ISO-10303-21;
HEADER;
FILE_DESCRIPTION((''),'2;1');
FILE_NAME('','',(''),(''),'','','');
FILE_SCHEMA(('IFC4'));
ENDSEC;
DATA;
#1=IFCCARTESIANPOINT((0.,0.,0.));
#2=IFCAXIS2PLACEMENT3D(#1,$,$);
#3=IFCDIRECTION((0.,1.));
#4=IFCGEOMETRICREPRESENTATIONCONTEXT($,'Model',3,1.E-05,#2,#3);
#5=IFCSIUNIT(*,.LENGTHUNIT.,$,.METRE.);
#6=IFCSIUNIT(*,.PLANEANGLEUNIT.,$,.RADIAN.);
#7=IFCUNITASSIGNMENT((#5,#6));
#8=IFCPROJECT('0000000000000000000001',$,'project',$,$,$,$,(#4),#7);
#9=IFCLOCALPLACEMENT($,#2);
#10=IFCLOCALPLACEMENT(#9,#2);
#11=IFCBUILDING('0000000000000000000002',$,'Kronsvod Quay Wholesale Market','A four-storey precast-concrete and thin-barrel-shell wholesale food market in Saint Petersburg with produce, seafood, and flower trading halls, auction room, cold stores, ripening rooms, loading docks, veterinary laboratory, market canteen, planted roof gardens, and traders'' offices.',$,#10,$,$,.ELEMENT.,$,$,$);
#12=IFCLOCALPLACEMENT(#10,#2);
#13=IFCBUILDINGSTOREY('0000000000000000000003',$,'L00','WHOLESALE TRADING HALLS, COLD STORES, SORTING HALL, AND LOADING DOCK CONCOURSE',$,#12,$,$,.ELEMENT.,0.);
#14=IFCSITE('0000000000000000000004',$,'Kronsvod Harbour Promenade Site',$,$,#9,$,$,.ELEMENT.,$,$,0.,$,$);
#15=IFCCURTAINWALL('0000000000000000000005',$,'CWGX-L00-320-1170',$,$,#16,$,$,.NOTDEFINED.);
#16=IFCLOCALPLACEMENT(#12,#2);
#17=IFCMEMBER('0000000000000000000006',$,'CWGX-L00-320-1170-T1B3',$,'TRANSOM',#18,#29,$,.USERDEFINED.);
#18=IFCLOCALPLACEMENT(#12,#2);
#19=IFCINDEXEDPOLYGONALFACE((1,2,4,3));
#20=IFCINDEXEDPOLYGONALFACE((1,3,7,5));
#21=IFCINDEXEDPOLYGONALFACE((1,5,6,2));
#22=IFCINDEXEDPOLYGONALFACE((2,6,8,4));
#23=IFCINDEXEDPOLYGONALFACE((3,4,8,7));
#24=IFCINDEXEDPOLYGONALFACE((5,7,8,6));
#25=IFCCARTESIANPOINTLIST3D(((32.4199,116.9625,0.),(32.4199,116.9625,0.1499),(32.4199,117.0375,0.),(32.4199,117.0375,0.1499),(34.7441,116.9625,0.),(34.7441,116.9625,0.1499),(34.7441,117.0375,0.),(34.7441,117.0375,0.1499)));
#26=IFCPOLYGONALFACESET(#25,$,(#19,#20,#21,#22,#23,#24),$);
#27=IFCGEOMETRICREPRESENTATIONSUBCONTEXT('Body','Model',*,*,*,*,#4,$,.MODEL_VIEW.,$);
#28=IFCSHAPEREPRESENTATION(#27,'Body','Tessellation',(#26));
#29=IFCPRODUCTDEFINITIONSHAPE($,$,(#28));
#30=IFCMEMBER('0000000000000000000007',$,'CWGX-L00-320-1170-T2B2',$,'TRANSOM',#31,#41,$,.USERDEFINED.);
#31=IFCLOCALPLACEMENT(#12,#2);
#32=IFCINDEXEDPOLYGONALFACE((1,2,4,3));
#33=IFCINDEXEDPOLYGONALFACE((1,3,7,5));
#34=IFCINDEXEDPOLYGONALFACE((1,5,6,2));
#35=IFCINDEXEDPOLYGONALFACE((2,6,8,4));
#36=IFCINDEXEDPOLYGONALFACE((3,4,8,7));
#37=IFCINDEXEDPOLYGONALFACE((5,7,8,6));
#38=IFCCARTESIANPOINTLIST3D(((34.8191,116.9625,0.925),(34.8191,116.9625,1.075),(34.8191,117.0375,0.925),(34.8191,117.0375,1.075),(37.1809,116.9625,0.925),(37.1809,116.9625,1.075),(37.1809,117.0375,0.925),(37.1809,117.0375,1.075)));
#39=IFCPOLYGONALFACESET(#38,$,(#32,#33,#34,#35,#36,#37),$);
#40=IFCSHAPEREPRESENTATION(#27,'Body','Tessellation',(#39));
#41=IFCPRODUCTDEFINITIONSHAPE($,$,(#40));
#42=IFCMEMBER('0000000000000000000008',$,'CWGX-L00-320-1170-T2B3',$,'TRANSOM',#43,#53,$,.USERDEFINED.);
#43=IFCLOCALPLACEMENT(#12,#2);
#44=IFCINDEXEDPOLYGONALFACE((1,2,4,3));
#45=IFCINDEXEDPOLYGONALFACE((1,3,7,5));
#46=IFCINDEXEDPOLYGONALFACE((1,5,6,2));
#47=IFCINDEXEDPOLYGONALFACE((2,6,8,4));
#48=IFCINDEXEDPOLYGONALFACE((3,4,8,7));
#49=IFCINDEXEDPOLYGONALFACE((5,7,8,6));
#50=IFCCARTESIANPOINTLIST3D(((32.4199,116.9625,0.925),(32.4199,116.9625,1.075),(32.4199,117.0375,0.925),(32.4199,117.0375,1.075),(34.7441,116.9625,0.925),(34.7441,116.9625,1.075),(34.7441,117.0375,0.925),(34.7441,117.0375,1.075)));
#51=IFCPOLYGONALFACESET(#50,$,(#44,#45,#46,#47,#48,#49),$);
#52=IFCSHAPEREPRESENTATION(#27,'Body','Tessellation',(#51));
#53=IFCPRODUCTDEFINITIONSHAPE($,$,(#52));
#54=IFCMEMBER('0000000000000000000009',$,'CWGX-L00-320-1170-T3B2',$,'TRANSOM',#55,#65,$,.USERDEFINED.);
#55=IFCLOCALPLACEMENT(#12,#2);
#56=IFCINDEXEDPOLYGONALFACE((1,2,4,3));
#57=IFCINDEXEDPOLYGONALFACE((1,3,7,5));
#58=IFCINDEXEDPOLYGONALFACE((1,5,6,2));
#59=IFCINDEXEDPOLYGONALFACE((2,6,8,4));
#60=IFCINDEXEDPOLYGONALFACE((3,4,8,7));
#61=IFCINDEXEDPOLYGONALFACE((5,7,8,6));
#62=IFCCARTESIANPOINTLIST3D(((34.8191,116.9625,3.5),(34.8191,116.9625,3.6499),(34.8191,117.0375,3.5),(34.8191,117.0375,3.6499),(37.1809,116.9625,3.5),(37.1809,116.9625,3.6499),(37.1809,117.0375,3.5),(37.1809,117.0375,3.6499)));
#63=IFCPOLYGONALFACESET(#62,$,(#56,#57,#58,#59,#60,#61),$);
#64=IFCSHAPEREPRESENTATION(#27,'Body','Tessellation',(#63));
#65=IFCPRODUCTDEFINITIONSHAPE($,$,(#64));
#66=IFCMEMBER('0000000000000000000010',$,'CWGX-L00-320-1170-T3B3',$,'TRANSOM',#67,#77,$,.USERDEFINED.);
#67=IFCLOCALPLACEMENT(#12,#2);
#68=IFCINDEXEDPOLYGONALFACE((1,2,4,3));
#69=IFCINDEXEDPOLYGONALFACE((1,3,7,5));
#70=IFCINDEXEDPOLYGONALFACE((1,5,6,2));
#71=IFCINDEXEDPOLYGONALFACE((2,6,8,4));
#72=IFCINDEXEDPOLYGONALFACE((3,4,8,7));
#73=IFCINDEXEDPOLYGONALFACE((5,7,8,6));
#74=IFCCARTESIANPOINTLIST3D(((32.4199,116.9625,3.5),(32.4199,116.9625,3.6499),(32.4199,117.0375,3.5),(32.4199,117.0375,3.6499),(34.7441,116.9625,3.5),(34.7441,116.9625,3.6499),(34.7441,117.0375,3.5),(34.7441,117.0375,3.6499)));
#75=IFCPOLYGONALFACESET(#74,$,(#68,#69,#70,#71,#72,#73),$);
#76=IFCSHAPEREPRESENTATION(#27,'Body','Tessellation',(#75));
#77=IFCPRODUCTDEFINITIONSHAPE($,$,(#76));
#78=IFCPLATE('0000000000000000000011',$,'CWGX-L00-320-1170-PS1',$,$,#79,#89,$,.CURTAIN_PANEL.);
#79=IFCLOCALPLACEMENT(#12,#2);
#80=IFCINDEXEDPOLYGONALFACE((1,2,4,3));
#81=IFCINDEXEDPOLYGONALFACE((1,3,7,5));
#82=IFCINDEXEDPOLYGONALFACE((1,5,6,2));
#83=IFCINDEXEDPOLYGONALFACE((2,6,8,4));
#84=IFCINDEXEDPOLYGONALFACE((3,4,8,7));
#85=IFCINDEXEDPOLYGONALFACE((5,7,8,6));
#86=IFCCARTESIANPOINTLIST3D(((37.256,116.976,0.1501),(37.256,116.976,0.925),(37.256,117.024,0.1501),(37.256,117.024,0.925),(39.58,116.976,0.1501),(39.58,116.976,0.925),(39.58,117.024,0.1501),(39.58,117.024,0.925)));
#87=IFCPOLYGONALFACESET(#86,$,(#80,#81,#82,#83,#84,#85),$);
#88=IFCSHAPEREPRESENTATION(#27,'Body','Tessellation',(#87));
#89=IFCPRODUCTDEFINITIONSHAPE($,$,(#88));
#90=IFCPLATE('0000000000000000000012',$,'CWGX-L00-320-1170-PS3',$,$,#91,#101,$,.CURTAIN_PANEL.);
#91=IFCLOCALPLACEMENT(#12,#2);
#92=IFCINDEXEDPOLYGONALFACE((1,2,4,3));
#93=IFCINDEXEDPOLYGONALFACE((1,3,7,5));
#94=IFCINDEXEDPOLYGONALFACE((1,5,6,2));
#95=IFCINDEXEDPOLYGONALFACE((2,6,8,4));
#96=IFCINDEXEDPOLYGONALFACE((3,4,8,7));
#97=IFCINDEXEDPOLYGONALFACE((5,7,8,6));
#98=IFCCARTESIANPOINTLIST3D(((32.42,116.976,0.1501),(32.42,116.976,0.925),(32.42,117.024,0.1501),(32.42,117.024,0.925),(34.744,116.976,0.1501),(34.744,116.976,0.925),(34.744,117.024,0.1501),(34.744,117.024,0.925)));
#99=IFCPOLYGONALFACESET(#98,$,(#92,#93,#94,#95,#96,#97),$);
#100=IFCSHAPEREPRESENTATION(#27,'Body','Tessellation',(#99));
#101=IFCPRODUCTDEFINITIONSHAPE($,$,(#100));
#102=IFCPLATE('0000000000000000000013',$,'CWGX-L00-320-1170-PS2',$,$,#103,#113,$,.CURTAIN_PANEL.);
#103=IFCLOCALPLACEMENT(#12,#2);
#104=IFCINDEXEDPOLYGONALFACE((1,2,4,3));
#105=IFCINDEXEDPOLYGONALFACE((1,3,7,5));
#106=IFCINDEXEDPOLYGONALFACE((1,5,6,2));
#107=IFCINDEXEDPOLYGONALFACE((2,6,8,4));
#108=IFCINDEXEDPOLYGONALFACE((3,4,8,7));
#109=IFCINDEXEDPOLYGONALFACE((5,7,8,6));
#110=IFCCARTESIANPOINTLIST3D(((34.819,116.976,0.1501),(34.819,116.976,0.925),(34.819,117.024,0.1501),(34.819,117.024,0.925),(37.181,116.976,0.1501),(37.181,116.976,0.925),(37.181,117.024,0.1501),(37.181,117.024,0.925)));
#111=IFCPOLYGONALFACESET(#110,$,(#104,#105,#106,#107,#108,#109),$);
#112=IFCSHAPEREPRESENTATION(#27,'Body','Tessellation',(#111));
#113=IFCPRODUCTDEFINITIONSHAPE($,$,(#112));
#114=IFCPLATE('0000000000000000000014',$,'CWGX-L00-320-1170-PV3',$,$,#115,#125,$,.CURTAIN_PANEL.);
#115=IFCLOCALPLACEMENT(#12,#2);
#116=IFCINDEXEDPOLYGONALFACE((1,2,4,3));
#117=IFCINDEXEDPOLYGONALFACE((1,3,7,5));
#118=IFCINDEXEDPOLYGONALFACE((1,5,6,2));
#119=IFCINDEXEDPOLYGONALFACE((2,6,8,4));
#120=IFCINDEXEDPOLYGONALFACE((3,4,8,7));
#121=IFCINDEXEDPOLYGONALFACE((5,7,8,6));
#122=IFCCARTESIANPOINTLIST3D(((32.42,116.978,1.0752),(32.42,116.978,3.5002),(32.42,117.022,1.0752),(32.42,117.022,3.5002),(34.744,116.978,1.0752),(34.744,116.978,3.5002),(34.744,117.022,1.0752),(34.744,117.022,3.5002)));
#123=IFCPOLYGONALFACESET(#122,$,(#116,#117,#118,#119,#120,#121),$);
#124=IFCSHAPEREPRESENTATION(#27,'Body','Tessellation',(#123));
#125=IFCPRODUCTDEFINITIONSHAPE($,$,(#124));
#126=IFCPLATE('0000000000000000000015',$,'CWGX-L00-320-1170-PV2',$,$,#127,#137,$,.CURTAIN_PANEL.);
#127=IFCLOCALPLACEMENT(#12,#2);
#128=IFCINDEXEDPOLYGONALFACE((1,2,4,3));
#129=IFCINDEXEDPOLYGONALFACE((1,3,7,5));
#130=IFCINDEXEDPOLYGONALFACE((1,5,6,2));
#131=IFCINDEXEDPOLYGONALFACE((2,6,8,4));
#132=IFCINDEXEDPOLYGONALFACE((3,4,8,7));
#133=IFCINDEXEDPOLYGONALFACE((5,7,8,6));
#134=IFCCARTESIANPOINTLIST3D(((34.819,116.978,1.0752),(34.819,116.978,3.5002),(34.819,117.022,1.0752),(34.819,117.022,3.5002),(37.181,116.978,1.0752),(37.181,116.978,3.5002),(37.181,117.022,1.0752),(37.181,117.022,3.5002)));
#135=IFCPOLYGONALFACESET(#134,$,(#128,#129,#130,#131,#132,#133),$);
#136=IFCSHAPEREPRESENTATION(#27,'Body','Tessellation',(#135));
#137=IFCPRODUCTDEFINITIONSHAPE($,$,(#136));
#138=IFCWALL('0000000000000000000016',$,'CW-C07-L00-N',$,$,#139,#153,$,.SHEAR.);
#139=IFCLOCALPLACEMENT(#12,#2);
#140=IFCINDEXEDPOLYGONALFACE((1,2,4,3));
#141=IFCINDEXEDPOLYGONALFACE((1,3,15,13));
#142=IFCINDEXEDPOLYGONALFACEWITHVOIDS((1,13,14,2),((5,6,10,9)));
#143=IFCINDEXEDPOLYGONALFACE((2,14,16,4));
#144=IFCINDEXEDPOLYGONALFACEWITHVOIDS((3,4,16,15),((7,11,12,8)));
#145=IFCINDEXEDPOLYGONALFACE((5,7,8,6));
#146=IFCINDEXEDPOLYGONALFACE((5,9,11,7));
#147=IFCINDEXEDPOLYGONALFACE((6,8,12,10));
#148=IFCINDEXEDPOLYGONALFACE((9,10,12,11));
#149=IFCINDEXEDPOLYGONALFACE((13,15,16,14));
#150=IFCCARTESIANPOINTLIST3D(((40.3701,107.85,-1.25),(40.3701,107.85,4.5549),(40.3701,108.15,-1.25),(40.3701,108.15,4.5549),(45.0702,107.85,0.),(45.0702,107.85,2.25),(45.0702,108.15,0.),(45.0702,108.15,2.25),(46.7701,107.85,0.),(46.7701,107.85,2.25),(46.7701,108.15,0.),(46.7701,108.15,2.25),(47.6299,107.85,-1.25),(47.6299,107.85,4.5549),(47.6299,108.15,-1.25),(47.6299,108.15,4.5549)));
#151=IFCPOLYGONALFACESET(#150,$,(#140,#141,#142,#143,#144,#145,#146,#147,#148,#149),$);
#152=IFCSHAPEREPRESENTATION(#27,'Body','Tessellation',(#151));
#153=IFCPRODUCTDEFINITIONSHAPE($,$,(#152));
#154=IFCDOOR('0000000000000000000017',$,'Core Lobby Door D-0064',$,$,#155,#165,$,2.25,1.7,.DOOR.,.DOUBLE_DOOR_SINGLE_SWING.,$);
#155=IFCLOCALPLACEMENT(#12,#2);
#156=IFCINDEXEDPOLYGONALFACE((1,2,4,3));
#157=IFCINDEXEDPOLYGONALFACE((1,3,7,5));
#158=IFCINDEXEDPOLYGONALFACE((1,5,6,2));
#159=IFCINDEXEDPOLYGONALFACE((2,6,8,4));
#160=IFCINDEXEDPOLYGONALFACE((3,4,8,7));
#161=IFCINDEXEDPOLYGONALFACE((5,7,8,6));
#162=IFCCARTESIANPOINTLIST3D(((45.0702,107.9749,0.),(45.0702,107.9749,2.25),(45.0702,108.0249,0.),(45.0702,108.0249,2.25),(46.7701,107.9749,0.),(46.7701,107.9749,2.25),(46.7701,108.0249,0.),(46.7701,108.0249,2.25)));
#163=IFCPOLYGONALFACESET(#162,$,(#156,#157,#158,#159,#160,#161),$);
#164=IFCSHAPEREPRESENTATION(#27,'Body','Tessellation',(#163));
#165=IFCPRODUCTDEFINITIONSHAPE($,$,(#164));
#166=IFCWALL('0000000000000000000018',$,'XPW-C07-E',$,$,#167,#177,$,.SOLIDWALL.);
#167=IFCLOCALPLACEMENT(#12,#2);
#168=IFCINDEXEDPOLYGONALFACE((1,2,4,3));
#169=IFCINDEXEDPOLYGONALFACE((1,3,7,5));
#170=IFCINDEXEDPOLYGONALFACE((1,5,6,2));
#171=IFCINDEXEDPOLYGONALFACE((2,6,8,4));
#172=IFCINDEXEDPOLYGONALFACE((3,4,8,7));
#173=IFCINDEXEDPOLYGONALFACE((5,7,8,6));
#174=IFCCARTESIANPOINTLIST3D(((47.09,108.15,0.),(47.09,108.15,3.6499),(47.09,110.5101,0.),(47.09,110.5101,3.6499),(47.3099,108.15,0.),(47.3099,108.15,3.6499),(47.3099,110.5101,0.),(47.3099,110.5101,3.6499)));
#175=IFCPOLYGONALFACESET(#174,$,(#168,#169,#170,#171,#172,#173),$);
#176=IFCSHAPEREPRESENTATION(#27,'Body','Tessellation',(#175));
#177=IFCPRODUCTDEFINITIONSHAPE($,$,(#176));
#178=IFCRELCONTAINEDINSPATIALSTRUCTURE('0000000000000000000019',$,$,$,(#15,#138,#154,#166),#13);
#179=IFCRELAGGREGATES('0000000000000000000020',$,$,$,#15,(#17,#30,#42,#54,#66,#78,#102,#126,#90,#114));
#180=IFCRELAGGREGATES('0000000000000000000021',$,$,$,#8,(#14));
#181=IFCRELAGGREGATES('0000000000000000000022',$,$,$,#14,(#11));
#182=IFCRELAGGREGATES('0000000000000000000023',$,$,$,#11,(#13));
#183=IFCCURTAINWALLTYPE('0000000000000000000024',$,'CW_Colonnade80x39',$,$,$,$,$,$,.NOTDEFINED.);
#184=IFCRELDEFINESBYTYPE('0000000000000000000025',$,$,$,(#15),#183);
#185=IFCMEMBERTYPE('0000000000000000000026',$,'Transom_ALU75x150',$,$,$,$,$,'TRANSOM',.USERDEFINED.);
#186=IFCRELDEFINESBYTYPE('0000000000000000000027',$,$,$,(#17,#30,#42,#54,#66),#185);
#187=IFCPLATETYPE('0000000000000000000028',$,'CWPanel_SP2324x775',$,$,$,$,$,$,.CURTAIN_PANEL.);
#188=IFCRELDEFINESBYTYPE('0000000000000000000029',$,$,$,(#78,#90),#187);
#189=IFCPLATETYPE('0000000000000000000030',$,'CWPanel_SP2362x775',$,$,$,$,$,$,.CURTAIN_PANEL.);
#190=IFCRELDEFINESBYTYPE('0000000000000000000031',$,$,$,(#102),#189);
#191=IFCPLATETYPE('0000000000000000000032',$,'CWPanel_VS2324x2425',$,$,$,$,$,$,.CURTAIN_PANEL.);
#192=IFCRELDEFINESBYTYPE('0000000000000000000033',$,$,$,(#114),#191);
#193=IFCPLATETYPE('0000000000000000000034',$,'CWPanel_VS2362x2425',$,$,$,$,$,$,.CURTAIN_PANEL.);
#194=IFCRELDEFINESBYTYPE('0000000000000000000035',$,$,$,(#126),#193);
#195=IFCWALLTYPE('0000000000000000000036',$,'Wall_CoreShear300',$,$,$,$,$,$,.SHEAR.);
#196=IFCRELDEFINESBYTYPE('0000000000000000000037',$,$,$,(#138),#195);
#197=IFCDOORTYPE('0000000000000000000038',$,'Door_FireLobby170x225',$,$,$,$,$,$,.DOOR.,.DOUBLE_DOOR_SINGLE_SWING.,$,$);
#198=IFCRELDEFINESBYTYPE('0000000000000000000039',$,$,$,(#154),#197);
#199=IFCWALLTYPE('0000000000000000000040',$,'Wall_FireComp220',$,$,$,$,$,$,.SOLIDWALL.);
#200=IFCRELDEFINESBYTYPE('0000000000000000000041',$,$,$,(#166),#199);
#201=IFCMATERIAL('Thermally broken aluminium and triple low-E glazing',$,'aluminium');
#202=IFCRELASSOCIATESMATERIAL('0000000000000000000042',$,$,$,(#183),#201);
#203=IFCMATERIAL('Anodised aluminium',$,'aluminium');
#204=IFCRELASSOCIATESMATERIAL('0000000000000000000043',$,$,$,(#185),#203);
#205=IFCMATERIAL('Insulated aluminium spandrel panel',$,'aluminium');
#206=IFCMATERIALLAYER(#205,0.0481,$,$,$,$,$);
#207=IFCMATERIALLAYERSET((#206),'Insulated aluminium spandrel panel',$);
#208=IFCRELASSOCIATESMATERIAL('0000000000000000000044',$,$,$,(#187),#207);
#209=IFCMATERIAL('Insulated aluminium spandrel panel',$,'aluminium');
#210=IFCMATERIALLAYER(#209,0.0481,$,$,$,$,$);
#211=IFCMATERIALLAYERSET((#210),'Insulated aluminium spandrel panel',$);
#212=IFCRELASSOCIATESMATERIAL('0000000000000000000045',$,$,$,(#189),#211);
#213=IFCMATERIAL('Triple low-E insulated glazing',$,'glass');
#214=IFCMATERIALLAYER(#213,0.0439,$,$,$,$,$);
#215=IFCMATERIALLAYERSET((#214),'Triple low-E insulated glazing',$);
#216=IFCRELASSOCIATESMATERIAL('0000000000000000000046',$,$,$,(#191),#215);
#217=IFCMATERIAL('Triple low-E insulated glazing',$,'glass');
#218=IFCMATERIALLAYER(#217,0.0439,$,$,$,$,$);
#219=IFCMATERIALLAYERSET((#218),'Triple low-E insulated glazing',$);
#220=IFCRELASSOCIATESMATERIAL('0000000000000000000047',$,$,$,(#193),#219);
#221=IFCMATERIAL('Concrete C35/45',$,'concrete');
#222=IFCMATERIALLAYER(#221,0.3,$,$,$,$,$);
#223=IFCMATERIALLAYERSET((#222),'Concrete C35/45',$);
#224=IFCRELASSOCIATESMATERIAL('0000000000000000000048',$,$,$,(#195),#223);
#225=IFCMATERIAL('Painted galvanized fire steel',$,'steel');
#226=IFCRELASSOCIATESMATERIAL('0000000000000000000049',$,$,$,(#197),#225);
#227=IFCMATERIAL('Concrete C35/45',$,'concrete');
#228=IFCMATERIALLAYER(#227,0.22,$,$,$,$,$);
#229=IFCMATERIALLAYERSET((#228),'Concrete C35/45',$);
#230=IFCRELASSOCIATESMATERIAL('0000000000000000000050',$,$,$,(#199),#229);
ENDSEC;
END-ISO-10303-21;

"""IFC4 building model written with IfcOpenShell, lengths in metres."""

from ifc_helpers import new_model, si_unit, direction, frame, frame_2d, origin, origin_2d, place, context, subcontext, project, spatial, rectangle, extrude, material, layer, layer_set, material_profile, profile_set, type_object, element, fill, aggregate, save


model = new_model("IFC4")

# Units and contexts
model_context = context("Model", 3, precision=1e-05, world=origin(), true_north=direction((0.0, 1.0)))
body_context = subcontext(model_context, "Body", "Model", "MODEL_VIEW")
ifc_project = project(units=[si_unit("LENGTHUNIT", "METRE"), si_unit("PLANEANGLEUNIT", "RADIAN")], contexts=[model_context])

# Site, building, storey
site_placement = place(None, origin())
site = spatial("IfcSite", under=ifc_project, at=site_placement, Name="Kronsvod Harbour Promenade Site", CompositionType="ELEMENT", RefElevation=0.0)
building_placement = place(site_placement, origin())
building = spatial("IfcBuilding", under=site, at=building_placement, Name="Kronsvod Quay Wholesale Market", Description="A four-storey precast-concrete and thin-barrel-shell wholesale food market in Saint Petersburg with produce, seafood, and flower trading halls, auction room, cold stores, ripening rooms, loading docks, veterinary laboratory, market canteen, planted roof gardens, and traders' offices.", CompositionType="ELEMENT")
storey_placement = place(building_placement, origin())
storey = spatial("IfcBuildingStorey", under=building, at=storey_placement, Name="L00", Description="WHOLESALE TRADING HALLS, COLD STORES, SORTING HALL, AND LOADING DOCK CONCOURSE", CompositionType="ELEMENT", Elevation=0.0)

# Curtain wall, members, plates
ifc_material_1 = material(Name="Thermally broken aluminium and triple low-E glazing", Category="aluminium")
curtain_wall_type = type_object("IfcCurtainWallType", Name="CW_Colonnade80x39", PredefinedType="NOTDEFINED", material=ifc_material_1)
curtain_wall_placement = place(storey_placement, origin())
curtain_wall = element("IfcCurtainWall", 1, at=curtain_wall_placement, inside=storey, type_object=curtain_wall_type, Name="CWGX-L00-320-1170", PredefinedType="NOTDEFINED")
ifc_material_2 = material(Name="Anodised aluminium", Category="aluminium")
ifc_material_profile_1 = material_profile(ifc_material_2, rectangle(XDim=0.075, YDim=0.1499, at=origin_2d()), Name="ALUT75x150")
ifc_profile_set_1 = profile_set([ifc_material_profile_1], Name="Anodised aluminium")
member_type_1 = type_object("IfcMemberType", Name="Transom_ALU75x150", ElementType="TRANSOM", PredefinedType="USERDEFINED", material=ifc_profile_set_1)
member_1_placement = place(storey_placement, frame((34.7441, 117.0, 0.075), z_axis=(-1.0, 0.0, 0.0), x_axis=(0.0, -1.0, 0.0)))
member_1 = element("IfcMember", 2, at=member_1_placement, type_object=member_type_1, Name="CWGX-L00-320-1170-T1B3", ObjectType="TRANSOM", PredefinedType="USERDEFINED", context=body_context, shape_type="SweptSolid", body=[
    extrude(rectangle(XDim=0.075, YDim=0.1499, at=origin_2d()), origin(), (0.0, 0.0, 1.0), 2.3242),
])
member_2_placement = place(storey_placement, frame((37.1809, 117.0, 1.0), z_axis=(-1.0, 0.0, 0.0), x_axis=(0.0, -1.0, 0.0)))
member_2 = element("IfcMember", 3, at=member_2_placement, type_object=member_type_1, Name="CWGX-L00-320-1170-T2B2", ObjectType="TRANSOM", PredefinedType="USERDEFINED", context=body_context, shape_type="SweptSolid", body=[
    extrude(rectangle(XDim=0.075, YDim=0.1499, at=origin_2d()), origin(), (0.0, 0.0, 1.0), 2.3618),
])
member_3_placement = place(storey_placement, frame((34.7441, 117.0, 1.0), z_axis=(-1.0, 0.0, 0.0), x_axis=(0.0, -1.0, 0.0)))
member_3 = element("IfcMember", 4, at=member_3_placement, type_object=member_type_1, Name="CWGX-L00-320-1170-T2B3", ObjectType="TRANSOM", PredefinedType="USERDEFINED", context=body_context, shape_type="SweptSolid", body=[
    extrude(rectangle(XDim=0.075, YDim=0.1499, at=origin_2d()), origin(), (0.0, 0.0, 1.0), 2.3242),
])
member_4_placement = place(storey_placement, frame((37.1809, 117.0, 3.575), z_axis=(-1.0, 0.0, 0.0), x_axis=(0.0, -1.0, 0.0)))
member_4 = element("IfcMember", 5, at=member_4_placement, type_object=member_type_1, Name="CWGX-L00-320-1170-T3B2", ObjectType="TRANSOM", PredefinedType="USERDEFINED", context=body_context, shape_type="SweptSolid", body=[
    extrude(rectangle(XDim=0.075, YDim=0.1499, at=origin_2d()), origin(), (0.0, 0.0, 1.0), 2.3618),
])
member_5_placement = place(storey_placement, frame((34.7441, 117.0, 3.575), z_axis=(-1.0, 0.0, 0.0), x_axis=(0.0, -1.0, 0.0)))
member_5 = element("IfcMember", 6, at=member_5_placement, type_object=member_type_1, Name="CWGX-L00-320-1170-T3B3", ObjectType="TRANSOM", PredefinedType="USERDEFINED", context=body_context, shape_type="SweptSolid", body=[
    extrude(rectangle(XDim=0.075, YDim=0.1499, at=origin_2d()), origin(), (0.0, 0.0, 1.0), 2.3242),
])
ifc_material_3 = material(Name="Insulated aluminium spandrel panel", Category="aluminium")
ifc_layer_1 = layer(ifc_material_3, 0.0481)
ifc_layer_set_1 = layer_set([ifc_layer_1], Name="Insulated aluminium spandrel panel")
plate_type_1 = type_object("IfcPlateType", Name="CWPanel_SP2324x775", PredefinedType="CURTAIN_PANEL", material=ifc_layer_set_1)
plate_1_placement = place(storey_placement, frame((38.418, 117.0, 0.1501), z_axis=(0.0, 0.0, 1.0), x_axis=(-1.0, 0.0, 0.0)))
plate_1 = element("IfcPlate", 7, at=plate_1_placement, type_object=plate_type_1, Name="CWGX-L00-320-1170-PS1", PredefinedType="CURTAIN_PANEL", context=body_context, shape_type="SweptSolid", body=[
    extrude(rectangle(XDim=2.324, YDim=0.0481, at=origin_2d()), origin(), (0.0, 0.0, 1.0), 0.7749),
])
plate_2_placement = place(storey_placement, frame((33.582, 117.0, 0.1501), z_axis=(0.0, 0.0, 1.0), x_axis=(-1.0, 0.0, 0.0)))
plate_2 = element("IfcPlate", 8, at=plate_2_placement, type_object=plate_type_1, Name="CWGX-L00-320-1170-PS3", PredefinedType="CURTAIN_PANEL", context=body_context, shape_type="SweptSolid", body=[
    extrude(rectangle(XDim=2.324, YDim=0.0481, at=origin_2d()), origin(), (0.0, 0.0, 1.0), 0.7749),
])
ifc_material_4 = material(Name="Insulated aluminium spandrel panel", Category="aluminium")
ifc_layer_2 = layer(ifc_material_4, 0.0481)
ifc_layer_set_2 = layer_set([ifc_layer_2], Name="Insulated aluminium spandrel panel")
plate_type_2 = type_object("IfcPlateType", Name="CWPanel_SP2362x775", PredefinedType="CURTAIN_PANEL", material=ifc_layer_set_2)
plate_3_placement = place(storey_placement, frame((36.0, 117.0, 0.1501), z_axis=(0.0, 0.0, 1.0), x_axis=(-1.0, 0.0, 0.0)))
plate_3 = element("IfcPlate", 9, at=plate_3_placement, type_object=plate_type_2, Name="CWGX-L00-320-1170-PS2", PredefinedType="CURTAIN_PANEL", context=body_context, shape_type="SweptSolid", body=[
    extrude(rectangle(XDim=2.3621, YDim=0.0481, at=origin_2d()), origin(), (0.0, 0.0, 1.0), 0.7749),
])
ifc_material_5 = material(Name="Triple low-E insulated glazing", Category="glass")
ifc_layer_3 = layer(ifc_material_5, 0.0439)
ifc_layer_set_3 = layer_set([ifc_layer_3], Name="Triple low-E insulated glazing")
plate_type_3 = type_object("IfcPlateType", Name="CWPanel_VS2324x2425", PredefinedType="CURTAIN_PANEL", material=ifc_layer_set_3)
plate_4_placement = place(storey_placement, frame((33.582, 117.0, 1.0752), z_axis=(0.0, 0.0, 1.0), x_axis=(-1.0, 0.0, 0.0)))
plate_4 = element("IfcPlate", 10, at=plate_4_placement, type_object=plate_type_3, Name="CWGX-L00-320-1170-PV3", PredefinedType="CURTAIN_PANEL", context=body_context, shape_type="SweptSolid", body=[
    extrude(rectangle(XDim=2.324, YDim=0.0439, at=origin_2d()), origin(), (0.0, 0.0, 1.0), 2.425),
])
ifc_material_6 = material(Name="Triple low-E insulated glazing", Category="glass")
ifc_layer_4 = layer(ifc_material_6, 0.0439)
ifc_layer_set_4 = layer_set([ifc_layer_4], Name="Triple low-E insulated glazing")
plate_type_4 = type_object("IfcPlateType", Name="CWPanel_VS2362x2425", PredefinedType="CURTAIN_PANEL", material=ifc_layer_set_4)
plate_5_placement = place(storey_placement, frame((36.0, 117.0, 1.0752), z_axis=(0.0, 0.0, 1.0), x_axis=(-1.0, 0.0, 0.0)))
plate_5 = element("IfcPlate", 11, at=plate_5_placement, type_object=plate_type_4, Name="CWGX-L00-320-1170-PV2", PredefinedType="CURTAIN_PANEL", context=body_context, shape_type="SweptSolid", body=[
    extrude(rectangle(XDim=2.3621, YDim=0.0439, at=origin_2d()), origin(), (0.0, 0.0, 1.0), 2.425),
])
aggregate(curtain_wall, [member_1, member_2, member_3, member_4, member_5, plate_1, plate_3, plate_5, plate_2, plate_4])

# Wall, opening, door
ifc_material_7 = material(Name="Concrete C35/45", Category="concrete")
ifc_layer_5 = layer(ifc_material_7, 0.3)
ifc_layer_set_5 = layer_set([ifc_layer_5], Name="Concrete C35/45")
wall_type_1 = type_object("IfcWallType", Name="Wall_CoreShear300", PredefinedType="SHEAR", material=ifc_layer_set_5)
wall_1_placement = place(storey_placement, frame((40.3701, 108.0, -1.25), z_axis=(0.0, 0.0, 1.0), x_axis=(1.0, 0.0, 0.0)))
wall_1 = element("IfcWall", 12, at=wall_1_placement, inside=storey, type_object=wall_type_1, Name="CW-C07-L00-N", PredefinedType="SHEAR", context=body_context, shape_type="SweptSolid", body=[
    extrude(rectangle(XDim=7.2598, YDim=0.3, at=frame_2d((3.6299, 0.0))), origin(), (0.0, 0.0, 1.0), 5.8049),
])
opening_placement = place(wall_1_placement, frame((4.7, 0.0, 1.25)))
opening = element("IfcOpeningElement", 13, at=opening_placement, cuts=wall_1, PredefinedType="OPENING", context=body_context, shape_type="SweptSolid", body=[
    extrude(rectangle(XDim=1.7, YDim=2.25, at=frame_2d((0.8501, 1.125))), frame((0.0, 0.1602, 0.0), z_axis=(0.0, -1.0, 0.0), x_axis=(1.0, 0.0, 0.0)), (0.0, 0.0, 1.0), 0.3201),
])
ifc_material_8 = material(Name="Painted galvanized fire steel", Category="steel")
door_type = type_object("IfcDoorType", Name="Door_FireLobby170x225", OperationType="DOUBLE_DOOR_SINGLE_SWING", PredefinedType="DOOR", material=ifc_material_8)
door_placement = place(opening_placement, origin())
door = element("IfcDoor", 14, at=door_placement, inside=storey, type_object=door_type, Name="Core Lobby Door D-0064", OperationType="DOUBLE_DOOR_SINGLE_SWING", OverallHeight=2.25, OverallWidth=1.7, PredefinedType="DOOR", context=body_context, shape_type="SweptSolid", body=[
    extrude(rectangle(XDim=1.7, YDim=2.25, at=frame_2d((0.8501, 1.125))), frame((0.0, 0.0249, 0.0), z_axis=(0.0, -1.0, 0.0), x_axis=(1.0, 0.0, 0.0)), (0.0, 0.0, 1.0), 0.05),
])
fill(opening, door)

# Wall
ifc_material_9 = material(Name="Concrete C35/45", Category="concrete")
ifc_layer_6 = layer(ifc_material_9, 0.22)
ifc_layer_set_6 = layer_set([ifc_layer_6], Name="Concrete C35/45")
wall_type_2 = type_object("IfcWallType", Name="Wall_FireComp220", PredefinedType="SOLIDWALL", material=ifc_layer_set_6)
wall_2_placement = place(storey_placement, frame((47.2, 108.1499, 0.0), z_axis=(0.0, 0.0, 1.0), x_axis=(0.0, 1.0, 0.0)))
element("IfcWall", 15, at=wall_2_placement, inside=storey, type_object=wall_type_2, Name="XPW-C07-E", PredefinedType="SOLIDWALL", context=body_context, shape_type="SweptSolid", body=[
    extrude(rectangle(XDim=2.3601, YDim=0.22, at=frame_2d((1.1802, 0.0))), origin(), (0.0, 0.0, 1.0), 3.6499),
])

save(model, "model.ifc")
